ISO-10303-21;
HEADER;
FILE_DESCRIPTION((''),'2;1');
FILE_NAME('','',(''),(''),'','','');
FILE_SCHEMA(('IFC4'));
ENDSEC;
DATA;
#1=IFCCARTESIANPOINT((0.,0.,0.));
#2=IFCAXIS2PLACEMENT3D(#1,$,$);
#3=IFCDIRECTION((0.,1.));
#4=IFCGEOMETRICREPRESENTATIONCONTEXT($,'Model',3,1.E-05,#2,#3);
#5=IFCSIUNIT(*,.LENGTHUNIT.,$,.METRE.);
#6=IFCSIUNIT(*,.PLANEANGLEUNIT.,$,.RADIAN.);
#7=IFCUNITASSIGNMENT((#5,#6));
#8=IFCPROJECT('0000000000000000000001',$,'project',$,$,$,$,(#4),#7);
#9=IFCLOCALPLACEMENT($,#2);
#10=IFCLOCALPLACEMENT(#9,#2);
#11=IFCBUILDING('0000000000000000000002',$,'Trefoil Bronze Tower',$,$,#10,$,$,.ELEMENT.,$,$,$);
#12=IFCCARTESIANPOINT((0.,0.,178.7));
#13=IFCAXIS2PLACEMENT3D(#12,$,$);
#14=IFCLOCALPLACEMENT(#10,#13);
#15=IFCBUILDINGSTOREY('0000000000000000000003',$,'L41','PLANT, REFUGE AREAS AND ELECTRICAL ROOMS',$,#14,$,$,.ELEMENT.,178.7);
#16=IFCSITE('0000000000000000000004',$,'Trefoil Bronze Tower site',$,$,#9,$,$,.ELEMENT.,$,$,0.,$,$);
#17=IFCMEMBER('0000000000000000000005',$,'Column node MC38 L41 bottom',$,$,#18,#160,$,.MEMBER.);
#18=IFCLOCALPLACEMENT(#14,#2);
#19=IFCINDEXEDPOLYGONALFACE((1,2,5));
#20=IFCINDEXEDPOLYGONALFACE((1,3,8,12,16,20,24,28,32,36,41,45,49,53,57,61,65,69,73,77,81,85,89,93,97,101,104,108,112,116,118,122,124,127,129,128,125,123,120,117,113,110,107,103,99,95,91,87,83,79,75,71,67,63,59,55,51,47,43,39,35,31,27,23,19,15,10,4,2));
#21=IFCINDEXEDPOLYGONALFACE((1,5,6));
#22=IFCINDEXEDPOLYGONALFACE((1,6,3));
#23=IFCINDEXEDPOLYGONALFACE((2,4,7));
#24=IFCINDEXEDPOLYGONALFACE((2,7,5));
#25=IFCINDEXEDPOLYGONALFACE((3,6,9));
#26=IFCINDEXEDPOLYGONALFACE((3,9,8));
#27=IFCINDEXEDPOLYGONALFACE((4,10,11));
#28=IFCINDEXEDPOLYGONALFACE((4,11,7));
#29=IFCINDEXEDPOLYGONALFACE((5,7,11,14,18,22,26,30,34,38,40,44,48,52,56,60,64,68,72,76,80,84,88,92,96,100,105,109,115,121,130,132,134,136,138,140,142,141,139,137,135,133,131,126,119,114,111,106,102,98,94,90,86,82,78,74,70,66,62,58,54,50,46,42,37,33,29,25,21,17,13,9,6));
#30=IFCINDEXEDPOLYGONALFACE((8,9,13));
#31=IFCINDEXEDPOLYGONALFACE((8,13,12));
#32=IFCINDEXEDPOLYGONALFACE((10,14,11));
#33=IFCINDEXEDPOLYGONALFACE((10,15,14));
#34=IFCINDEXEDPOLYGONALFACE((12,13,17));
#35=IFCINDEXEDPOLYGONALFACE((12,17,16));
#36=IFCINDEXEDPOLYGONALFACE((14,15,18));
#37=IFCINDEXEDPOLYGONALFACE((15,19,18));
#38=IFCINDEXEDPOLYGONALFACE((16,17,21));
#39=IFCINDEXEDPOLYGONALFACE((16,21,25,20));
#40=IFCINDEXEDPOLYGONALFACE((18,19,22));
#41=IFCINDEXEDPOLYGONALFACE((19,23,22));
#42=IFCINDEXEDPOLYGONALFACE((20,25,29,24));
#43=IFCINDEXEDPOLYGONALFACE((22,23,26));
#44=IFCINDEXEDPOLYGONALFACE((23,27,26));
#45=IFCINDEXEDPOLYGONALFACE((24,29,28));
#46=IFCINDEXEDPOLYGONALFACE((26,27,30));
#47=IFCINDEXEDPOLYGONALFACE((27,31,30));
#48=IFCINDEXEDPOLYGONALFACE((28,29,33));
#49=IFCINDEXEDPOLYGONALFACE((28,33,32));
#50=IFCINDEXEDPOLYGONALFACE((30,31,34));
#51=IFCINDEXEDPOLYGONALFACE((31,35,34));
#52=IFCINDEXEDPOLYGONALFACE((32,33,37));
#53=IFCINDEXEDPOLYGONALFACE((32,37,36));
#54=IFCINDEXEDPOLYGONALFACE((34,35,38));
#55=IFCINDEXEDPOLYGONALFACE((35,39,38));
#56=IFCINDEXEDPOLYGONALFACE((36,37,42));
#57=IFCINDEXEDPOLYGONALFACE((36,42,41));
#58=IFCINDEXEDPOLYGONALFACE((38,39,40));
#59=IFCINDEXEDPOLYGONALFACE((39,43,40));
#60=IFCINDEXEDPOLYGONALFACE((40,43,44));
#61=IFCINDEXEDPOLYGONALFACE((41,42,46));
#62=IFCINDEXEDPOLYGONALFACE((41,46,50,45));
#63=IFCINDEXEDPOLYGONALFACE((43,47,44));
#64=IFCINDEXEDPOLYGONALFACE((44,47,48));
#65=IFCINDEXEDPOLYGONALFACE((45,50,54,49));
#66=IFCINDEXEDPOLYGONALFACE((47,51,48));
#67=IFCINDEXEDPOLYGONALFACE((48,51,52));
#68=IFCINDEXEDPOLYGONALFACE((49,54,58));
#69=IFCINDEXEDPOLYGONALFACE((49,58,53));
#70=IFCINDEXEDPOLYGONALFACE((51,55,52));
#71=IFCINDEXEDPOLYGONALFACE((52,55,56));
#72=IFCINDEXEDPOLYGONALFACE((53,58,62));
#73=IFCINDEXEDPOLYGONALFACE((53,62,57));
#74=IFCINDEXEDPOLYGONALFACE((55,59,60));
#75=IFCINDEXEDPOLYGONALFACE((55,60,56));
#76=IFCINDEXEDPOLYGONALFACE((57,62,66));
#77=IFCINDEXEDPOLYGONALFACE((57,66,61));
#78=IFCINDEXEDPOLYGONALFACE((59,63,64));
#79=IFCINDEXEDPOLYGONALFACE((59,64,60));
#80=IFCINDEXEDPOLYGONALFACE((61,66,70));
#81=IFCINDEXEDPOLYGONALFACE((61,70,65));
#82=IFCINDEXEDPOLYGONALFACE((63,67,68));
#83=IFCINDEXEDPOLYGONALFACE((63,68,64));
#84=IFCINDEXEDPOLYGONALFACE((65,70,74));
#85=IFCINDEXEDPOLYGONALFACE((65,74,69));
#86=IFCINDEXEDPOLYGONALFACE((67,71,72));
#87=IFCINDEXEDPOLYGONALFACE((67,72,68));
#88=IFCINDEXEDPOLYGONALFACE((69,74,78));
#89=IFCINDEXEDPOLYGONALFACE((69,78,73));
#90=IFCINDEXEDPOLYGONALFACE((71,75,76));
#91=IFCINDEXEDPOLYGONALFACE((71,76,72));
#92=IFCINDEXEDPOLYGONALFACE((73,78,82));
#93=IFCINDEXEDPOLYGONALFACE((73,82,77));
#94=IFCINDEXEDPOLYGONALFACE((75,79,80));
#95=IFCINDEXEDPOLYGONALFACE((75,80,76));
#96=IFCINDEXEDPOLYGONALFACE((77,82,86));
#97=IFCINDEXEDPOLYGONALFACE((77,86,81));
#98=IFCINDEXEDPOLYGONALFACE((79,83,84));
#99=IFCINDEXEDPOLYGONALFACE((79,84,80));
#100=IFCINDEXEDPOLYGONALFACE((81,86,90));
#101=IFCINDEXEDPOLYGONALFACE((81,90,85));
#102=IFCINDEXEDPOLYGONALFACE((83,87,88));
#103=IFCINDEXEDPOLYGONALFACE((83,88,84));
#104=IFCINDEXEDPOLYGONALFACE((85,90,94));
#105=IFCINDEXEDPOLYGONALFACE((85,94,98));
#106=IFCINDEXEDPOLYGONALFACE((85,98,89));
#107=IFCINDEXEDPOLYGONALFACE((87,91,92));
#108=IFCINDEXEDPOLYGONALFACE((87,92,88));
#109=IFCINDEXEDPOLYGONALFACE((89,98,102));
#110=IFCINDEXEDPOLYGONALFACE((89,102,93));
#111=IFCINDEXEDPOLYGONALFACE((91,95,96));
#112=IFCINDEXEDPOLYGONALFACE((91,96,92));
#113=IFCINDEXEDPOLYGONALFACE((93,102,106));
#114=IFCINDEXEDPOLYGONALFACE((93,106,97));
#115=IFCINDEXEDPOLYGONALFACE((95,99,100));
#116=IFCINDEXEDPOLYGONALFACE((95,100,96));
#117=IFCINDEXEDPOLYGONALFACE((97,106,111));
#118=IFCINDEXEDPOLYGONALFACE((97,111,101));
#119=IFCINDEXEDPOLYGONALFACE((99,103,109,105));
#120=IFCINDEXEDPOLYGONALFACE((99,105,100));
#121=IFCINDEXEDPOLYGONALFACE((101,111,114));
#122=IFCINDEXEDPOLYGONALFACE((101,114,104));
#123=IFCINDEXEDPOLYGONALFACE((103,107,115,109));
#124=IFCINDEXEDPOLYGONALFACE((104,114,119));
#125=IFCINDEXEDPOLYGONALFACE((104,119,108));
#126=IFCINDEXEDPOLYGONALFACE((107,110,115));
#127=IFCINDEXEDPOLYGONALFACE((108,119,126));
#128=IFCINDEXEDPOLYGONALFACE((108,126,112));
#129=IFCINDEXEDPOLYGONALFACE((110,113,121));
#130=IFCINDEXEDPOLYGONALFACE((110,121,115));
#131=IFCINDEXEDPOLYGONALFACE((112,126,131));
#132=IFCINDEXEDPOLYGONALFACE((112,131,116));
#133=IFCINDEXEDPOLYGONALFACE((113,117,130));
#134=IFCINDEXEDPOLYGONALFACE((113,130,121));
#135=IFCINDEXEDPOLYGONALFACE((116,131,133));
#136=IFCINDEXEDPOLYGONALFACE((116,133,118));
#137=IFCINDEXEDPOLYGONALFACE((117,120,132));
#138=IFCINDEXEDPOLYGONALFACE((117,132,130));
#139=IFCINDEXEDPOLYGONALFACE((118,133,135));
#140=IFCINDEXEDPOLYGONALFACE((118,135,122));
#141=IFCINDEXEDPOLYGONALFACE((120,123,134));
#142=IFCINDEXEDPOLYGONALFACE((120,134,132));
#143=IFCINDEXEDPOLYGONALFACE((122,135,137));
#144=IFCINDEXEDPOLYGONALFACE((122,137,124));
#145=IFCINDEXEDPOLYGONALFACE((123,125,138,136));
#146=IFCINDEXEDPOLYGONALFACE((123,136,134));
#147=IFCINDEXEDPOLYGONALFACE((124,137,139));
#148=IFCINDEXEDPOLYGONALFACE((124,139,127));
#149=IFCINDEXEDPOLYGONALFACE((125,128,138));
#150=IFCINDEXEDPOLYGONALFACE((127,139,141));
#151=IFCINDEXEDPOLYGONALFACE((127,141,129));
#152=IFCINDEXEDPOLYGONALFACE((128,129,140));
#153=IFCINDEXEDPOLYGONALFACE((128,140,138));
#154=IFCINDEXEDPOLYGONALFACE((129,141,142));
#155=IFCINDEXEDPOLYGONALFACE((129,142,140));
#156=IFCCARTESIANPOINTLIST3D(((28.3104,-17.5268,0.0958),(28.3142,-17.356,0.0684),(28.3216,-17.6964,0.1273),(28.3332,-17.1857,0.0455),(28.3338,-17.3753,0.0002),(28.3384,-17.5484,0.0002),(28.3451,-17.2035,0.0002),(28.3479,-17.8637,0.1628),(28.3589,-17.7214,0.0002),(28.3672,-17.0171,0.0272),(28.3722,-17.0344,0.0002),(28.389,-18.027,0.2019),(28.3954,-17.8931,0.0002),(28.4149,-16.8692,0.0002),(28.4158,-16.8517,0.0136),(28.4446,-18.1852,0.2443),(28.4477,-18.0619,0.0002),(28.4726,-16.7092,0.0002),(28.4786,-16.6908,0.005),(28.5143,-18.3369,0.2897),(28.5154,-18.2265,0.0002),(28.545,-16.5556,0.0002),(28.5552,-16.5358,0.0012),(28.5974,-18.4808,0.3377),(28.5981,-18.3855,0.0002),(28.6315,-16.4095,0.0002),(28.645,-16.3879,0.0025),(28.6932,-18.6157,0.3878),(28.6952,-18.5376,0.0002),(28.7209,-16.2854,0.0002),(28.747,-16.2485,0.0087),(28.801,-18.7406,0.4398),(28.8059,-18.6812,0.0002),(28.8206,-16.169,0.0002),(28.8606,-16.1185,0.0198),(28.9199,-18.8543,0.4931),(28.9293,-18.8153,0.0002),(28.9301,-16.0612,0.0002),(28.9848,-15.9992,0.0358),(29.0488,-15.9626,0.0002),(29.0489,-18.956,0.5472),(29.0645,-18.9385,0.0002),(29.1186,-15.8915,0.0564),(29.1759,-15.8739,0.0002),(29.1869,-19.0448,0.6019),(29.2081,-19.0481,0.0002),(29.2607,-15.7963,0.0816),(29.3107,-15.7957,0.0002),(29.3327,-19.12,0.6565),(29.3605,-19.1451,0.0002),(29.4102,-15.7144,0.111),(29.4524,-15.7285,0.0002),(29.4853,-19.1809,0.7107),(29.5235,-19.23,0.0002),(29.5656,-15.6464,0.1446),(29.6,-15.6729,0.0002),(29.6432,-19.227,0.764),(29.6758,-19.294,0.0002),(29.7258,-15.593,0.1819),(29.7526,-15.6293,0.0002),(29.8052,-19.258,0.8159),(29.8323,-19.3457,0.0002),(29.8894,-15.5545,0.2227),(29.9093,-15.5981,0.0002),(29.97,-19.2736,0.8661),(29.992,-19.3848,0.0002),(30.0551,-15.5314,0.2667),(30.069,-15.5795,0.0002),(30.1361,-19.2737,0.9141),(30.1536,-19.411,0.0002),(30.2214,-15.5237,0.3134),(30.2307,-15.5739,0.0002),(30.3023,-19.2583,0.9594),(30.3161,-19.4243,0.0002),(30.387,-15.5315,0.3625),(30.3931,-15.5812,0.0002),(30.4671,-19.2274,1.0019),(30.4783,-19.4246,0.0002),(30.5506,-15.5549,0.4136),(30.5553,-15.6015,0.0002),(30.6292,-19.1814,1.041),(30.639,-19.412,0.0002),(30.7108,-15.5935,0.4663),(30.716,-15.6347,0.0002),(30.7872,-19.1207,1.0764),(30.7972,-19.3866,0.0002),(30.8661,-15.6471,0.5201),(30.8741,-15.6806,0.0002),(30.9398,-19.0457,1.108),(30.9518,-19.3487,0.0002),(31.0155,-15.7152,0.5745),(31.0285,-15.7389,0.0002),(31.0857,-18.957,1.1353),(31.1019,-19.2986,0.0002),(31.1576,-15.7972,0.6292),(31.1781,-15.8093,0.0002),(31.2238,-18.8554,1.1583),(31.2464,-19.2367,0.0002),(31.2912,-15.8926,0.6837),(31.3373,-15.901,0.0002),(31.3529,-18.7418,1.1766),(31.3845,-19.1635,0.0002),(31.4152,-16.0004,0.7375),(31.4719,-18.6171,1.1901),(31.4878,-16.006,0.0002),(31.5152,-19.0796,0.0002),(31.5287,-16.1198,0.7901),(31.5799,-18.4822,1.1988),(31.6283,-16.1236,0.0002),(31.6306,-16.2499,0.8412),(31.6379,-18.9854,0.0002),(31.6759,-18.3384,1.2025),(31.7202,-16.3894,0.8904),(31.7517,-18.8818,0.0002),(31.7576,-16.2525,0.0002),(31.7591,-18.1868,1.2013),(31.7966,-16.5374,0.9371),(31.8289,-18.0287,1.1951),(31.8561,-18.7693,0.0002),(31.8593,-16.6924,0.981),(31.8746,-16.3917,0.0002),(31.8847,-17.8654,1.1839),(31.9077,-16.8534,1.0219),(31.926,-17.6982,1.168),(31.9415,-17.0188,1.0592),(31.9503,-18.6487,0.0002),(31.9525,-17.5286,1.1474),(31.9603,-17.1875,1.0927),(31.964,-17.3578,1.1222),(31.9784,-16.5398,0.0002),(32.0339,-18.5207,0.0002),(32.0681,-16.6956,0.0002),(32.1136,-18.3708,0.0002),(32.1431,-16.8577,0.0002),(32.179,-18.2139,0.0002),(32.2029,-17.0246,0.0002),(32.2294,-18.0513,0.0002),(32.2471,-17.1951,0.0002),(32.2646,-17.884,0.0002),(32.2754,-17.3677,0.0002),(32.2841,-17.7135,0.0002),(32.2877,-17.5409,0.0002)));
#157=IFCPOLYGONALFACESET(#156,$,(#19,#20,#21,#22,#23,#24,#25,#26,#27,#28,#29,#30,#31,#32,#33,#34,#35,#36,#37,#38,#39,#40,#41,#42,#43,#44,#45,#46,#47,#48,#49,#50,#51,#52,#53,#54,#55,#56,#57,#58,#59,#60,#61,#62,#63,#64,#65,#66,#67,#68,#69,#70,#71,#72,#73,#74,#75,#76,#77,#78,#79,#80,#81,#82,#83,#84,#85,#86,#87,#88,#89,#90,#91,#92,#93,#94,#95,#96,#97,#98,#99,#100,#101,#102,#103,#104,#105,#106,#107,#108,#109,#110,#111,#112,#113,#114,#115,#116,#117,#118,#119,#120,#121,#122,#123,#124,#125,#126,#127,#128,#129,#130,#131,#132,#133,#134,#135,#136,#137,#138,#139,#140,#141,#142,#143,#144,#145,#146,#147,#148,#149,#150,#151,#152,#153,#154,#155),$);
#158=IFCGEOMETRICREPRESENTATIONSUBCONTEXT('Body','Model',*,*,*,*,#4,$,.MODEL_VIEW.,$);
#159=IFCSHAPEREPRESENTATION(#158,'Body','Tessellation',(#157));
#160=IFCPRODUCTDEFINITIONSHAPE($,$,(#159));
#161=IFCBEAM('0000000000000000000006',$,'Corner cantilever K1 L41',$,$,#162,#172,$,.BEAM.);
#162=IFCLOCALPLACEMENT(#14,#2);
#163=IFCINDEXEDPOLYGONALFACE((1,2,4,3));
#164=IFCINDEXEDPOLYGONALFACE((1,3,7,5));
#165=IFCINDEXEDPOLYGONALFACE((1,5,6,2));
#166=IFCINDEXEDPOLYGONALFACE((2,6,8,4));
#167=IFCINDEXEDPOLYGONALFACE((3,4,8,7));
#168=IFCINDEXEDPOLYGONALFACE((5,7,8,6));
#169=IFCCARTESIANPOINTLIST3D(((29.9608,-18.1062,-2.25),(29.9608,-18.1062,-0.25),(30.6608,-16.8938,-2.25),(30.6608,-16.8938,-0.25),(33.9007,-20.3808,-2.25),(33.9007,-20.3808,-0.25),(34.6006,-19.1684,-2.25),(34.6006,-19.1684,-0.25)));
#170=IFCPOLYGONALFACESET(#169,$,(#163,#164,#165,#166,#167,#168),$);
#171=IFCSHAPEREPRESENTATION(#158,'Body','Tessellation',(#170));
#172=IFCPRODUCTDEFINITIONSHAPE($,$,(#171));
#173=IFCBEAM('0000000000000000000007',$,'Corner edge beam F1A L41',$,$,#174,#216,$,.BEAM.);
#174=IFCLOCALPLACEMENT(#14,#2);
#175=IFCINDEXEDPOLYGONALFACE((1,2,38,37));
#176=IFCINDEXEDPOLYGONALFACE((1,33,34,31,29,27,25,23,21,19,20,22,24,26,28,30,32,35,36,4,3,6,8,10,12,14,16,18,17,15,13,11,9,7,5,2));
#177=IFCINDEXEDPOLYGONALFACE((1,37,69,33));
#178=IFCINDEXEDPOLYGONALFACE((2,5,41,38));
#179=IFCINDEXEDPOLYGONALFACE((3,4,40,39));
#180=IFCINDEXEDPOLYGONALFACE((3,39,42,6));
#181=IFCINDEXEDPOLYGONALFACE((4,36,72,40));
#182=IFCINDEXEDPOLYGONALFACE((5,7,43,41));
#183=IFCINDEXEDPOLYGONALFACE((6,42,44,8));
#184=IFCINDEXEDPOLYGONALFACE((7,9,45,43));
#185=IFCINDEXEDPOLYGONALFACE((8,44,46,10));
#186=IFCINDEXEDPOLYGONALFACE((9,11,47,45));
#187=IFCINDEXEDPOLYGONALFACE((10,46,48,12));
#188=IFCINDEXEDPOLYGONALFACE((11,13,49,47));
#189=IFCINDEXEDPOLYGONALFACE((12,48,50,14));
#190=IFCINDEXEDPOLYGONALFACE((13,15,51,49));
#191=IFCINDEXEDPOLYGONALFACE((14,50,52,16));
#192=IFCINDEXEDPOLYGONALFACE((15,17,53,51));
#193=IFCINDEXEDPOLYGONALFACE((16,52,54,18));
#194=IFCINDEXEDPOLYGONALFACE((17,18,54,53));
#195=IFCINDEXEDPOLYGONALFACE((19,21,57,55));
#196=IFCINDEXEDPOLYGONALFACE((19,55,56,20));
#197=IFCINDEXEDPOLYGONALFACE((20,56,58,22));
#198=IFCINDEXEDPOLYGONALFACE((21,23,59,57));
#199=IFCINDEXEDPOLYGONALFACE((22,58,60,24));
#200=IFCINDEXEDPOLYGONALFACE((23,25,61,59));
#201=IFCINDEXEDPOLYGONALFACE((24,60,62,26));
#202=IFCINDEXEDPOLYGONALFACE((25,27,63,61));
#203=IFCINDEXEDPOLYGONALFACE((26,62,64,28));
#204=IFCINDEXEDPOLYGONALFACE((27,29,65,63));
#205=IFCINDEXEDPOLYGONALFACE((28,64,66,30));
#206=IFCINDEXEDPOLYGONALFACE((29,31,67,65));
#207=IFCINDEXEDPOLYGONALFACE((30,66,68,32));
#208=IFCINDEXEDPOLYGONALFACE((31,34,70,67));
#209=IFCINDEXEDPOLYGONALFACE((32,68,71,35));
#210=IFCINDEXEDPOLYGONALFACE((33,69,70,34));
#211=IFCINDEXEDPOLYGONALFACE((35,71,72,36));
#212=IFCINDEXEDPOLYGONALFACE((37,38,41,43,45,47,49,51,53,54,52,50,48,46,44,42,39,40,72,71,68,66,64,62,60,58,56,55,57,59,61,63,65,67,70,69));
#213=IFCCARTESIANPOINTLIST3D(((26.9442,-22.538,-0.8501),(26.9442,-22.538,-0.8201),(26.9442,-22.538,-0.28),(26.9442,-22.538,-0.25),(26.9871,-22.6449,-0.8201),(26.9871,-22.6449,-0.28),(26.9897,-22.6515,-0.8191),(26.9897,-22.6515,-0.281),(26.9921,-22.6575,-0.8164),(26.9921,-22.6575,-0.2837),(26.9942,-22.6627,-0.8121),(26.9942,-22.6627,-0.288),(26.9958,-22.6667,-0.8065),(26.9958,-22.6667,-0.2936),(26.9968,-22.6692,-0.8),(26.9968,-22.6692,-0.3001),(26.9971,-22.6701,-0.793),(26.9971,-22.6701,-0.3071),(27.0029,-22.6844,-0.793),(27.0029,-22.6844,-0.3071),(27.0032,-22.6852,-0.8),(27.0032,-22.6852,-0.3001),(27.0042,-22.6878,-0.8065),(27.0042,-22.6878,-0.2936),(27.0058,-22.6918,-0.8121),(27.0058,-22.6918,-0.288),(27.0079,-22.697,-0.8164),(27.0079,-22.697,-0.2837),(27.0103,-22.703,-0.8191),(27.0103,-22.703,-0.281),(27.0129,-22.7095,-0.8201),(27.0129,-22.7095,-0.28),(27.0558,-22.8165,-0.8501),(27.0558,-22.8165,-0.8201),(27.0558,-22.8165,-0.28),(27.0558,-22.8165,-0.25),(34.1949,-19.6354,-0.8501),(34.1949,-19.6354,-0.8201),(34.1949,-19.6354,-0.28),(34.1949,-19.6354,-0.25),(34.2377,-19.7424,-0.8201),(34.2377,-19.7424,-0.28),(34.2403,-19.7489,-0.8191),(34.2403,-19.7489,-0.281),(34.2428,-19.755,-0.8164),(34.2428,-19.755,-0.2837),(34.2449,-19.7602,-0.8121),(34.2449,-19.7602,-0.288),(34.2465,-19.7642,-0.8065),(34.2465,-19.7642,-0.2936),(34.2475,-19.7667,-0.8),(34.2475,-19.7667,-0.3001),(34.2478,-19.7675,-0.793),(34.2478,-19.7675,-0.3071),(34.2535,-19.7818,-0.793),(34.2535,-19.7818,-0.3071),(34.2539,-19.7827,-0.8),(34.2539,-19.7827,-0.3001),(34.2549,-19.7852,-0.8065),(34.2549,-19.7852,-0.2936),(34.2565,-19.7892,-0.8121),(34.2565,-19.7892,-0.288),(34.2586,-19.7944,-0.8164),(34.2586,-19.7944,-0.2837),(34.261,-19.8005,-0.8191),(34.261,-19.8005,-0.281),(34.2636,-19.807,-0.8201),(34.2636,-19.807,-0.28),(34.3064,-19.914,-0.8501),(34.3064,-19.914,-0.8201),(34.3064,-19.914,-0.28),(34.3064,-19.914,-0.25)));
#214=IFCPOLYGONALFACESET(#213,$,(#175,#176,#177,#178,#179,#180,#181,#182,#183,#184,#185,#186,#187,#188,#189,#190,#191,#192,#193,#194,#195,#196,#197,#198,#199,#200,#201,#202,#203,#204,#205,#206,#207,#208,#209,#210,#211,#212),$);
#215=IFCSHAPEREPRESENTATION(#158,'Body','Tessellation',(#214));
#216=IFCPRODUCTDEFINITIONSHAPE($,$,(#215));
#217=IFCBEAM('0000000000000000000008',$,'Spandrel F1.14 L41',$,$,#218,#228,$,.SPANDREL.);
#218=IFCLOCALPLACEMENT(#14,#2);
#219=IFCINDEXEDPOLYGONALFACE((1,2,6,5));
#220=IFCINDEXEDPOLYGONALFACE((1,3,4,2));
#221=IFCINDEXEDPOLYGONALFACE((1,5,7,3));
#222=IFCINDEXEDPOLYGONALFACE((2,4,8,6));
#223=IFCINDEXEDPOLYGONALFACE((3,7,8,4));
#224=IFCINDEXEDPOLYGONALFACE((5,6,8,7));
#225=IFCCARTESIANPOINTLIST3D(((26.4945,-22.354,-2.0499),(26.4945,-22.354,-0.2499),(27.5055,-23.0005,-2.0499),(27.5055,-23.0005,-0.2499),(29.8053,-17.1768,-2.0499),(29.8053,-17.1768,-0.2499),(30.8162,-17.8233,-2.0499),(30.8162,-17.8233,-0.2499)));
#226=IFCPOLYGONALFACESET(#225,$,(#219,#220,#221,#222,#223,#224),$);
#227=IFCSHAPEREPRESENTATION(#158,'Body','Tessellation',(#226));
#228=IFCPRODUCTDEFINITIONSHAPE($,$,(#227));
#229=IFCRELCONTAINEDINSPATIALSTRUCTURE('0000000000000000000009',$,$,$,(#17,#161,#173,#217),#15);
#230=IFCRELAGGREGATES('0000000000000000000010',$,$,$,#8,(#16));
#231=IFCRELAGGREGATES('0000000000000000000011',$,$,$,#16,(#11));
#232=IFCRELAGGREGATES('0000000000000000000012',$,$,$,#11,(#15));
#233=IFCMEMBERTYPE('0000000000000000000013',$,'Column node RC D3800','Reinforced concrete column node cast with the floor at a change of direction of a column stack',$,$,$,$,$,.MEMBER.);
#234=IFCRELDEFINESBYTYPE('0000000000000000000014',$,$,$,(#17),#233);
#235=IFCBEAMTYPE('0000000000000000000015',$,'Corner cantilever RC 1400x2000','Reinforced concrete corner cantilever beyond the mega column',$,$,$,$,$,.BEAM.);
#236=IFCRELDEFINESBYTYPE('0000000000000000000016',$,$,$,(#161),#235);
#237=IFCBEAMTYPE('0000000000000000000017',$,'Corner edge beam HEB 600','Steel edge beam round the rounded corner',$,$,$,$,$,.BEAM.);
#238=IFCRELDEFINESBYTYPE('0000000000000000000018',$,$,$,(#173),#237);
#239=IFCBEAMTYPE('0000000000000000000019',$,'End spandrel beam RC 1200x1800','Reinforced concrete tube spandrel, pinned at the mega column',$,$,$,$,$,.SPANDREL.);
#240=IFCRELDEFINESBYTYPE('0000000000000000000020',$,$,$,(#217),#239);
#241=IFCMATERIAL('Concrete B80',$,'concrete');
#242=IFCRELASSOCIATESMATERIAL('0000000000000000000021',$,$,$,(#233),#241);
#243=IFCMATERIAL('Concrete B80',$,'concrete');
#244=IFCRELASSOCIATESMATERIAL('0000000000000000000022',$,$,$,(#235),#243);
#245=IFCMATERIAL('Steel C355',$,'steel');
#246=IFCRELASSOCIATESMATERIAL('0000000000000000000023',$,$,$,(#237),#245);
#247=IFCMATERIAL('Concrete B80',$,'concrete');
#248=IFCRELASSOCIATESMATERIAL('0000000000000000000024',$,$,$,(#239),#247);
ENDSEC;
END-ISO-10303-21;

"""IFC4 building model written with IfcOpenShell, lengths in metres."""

from ifc_helpers import new_model, si_unit, direction, frame, origin, origin_2d, place, context, subcontext, project, spatial, rectangle, circle, i_section, extrude, clip, halfspace, material, material_profile, profile_set, type_object, element, save


model = new_model("IFC4")

# Units and contexts
model_context = context("Model", 3, precision=1e-05, world=origin(), true_north=direction((0.0, 1.0)))
body_context = subcontext(model_context, "Body", "Model", "MODEL_VIEW")
ifc_project = project(units=[si_unit("LENGTHUNIT", "METRE"), si_unit("PLANEANGLEUNIT", "RADIAN")], contexts=[model_context])

# Site, building, storey
site_placement = place(None, origin())
site = spatial("IfcSite", under=ifc_project, at=site_placement, Name="Trefoil Bronze Tower site", CompositionType="ELEMENT", RefElevation=0.0)
building_placement = place(site_placement, origin())
building = spatial("IfcBuilding", under=site, at=building_placement, Name="Trefoil Bronze Tower", CompositionType="ELEMENT")
storey_placement = place(building_placement, frame((0.0, 0.0, 178.7)))
storey = spatial("IfcBuildingStorey", under=building, at=storey_placement, Name="L41", Description="PLANT, REFUGE AREAS AND ELECTRICAL ROOMS", CompositionType="ELEMENT", Elevation=178.7)

# Member
ifc_material_1 = material(Name="Concrete B80", Category="concrete")
ifc_material_profile_1 = material_profile(ifc_material_1, circle(Radius=1.8999, at=origin_2d()), Name="RC D3800")
ifc_profile_set_1 = profile_set([ifc_material_profile_1], Name="Concrete B80")
member_type = type_object("IfcMemberType", Name="Column node RC D3800", Description="Reinforced concrete column node cast with the floor at a change of direction of a column stack", PredefinedType="MEMBER", material=ifc_profile_set_1)
member_placement = place(storey_placement, frame((30.4846, -17.6003, -0.6018), z_axis=(-0.273829, 0.158178, 0.948682), x_axis=(-0.500196, -0.865912, 0.0)))
element("IfcMember", 1, at=member_placement, inside=storey, type_object=member_type, Name="Column node MC38 L41 bottom", PredefinedType="MEMBER", context=body_context, shape_type="Clipping", body=[
    clip(extrude(circle(Radius=1.8999, at=origin_2d()), origin(), (0.0, 0.0, 1.0), 1.2688), halfspace(frame((0.0, 0.0, 0.6345), z_axis=(0.0, 0.316231, 0.948682), x_axis=(0.0, 0.948682, -0.316231)), True)),
])

# Beams
ifc_material_2 = material(Name="Concrete B80", Category="concrete")
ifc_material_profile_2 = material_profile(ifc_material_2, rectangle(XDim=1.3999, YDim=2.0, at=origin_2d()), Name="RC 1400x2000")
ifc_profile_set_2 = profile_set([ifc_material_profile_2], Name="Concrete B80")
beam_type_1 = type_object("IfcBeamType", Name="Corner cantilever RC 1400x2000", Description="Reinforced concrete corner cantilever beyond the mega column", PredefinedType="BEAM", material=ifc_profile_set_2)
beam_1_placement = place(storey_placement, frame((30.3108, -17.5, -1.25), z_axis=(0.866032, -0.499989, 0.0), x_axis=(0.499989, 0.866032, 0.0)))
element("IfcBeam", 2, at=beam_1_placement, inside=storey, type_object=beam_type_1, Name="Corner cantilever K1 L41", PredefinedType="BEAM", context=body_context, shape_type="SweptSolid", body=[
    extrude(rectangle(XDim=1.3999, YDim=2.0, at=origin_2d()), origin(), (0.0, 0.0, 1.0), 4.5493),
])
ifc_material_3 = material(Name="Steel C355", Category="steel")
ifc_material_profile_3 = material_profile(ifc_material_3, i_section(OverallWidth=0.3, OverallDepth=0.6001, WebThickness=0.0154, FlangeThickness=0.03, FilletRadius=0.0271, at=origin_2d()), Name="HEB 600")
ifc_profile_set_3 = profile_set([ifc_material_profile_3], Name="Steel C355")
beam_type_2 = type_object("IfcBeamType", Name="Corner edge beam HEB 600", Description="Steel edge beam round the rounded corner", PredefinedType="BEAM", material=ifc_profile_set_3)
beam_2_placement = place(storey_placement, frame((27.0, -22.6772, -0.55), z_axis=(0.928375, 0.371644, 0.0), x_axis=(-0.371644, 0.928375, 0.0)))
element("IfcBeam", 3, at=beam_2_placement, inside=storey, type_object=beam_type_2, Name="Corner edge beam F1A L41", PredefinedType="BEAM", context=body_context, shape_type="SweptSolid", body=[
    extrude(i_section(OverallWidth=0.3, OverallDepth=0.6001, WebThickness=0.0154, FlangeThickness=0.03, FilletRadius=0.0271, at=origin_2d()), origin(), (0.0, 0.0, 1.0), 7.8101),
])
ifc_material_4 = material(Name="Concrete B80", Category="concrete")
ifc_material_profile_4 = material_profile(ifc_material_4, rectangle(XDim=1.2, YDim=1.8, at=origin_2d()), Name="RC 1200x1800")
ifc_profile_set_4 = profile_set([ifc_material_profile_4], Name="Concrete B80")
beam_type_3 = type_object("IfcBeamType", Name="End spandrel beam RC 1200x1800", Description="Reinforced concrete tube spandrel, pinned at the mega column", PredefinedType="SPANDREL", material=ifc_profile_set_4)
for number, where, z_axis, x_axis, name in (
    (4, (27.0, -22.6772, -1.1499), (0.538748, 0.842467, 0.0), (-0.842467, 0.538748, 0.0), "Spandrel F1.14 L41"),
):
    element("IfcBeam", number, at=place(storey_placement, frame(where, z_axis=z_axis, x_axis=x_axis)), inside=storey, type_object=beam_type_3, Name=name, PredefinedType="SPANDREL", context=body_context, shape_type="SweptSolid", body=[
        extrude(rectangle(XDim=1.2, YDim=1.8, at=origin_2d()), origin(), (0.0, 0.0, 1.0), 6.1453),
    ])

save(model, "model.ifc")
